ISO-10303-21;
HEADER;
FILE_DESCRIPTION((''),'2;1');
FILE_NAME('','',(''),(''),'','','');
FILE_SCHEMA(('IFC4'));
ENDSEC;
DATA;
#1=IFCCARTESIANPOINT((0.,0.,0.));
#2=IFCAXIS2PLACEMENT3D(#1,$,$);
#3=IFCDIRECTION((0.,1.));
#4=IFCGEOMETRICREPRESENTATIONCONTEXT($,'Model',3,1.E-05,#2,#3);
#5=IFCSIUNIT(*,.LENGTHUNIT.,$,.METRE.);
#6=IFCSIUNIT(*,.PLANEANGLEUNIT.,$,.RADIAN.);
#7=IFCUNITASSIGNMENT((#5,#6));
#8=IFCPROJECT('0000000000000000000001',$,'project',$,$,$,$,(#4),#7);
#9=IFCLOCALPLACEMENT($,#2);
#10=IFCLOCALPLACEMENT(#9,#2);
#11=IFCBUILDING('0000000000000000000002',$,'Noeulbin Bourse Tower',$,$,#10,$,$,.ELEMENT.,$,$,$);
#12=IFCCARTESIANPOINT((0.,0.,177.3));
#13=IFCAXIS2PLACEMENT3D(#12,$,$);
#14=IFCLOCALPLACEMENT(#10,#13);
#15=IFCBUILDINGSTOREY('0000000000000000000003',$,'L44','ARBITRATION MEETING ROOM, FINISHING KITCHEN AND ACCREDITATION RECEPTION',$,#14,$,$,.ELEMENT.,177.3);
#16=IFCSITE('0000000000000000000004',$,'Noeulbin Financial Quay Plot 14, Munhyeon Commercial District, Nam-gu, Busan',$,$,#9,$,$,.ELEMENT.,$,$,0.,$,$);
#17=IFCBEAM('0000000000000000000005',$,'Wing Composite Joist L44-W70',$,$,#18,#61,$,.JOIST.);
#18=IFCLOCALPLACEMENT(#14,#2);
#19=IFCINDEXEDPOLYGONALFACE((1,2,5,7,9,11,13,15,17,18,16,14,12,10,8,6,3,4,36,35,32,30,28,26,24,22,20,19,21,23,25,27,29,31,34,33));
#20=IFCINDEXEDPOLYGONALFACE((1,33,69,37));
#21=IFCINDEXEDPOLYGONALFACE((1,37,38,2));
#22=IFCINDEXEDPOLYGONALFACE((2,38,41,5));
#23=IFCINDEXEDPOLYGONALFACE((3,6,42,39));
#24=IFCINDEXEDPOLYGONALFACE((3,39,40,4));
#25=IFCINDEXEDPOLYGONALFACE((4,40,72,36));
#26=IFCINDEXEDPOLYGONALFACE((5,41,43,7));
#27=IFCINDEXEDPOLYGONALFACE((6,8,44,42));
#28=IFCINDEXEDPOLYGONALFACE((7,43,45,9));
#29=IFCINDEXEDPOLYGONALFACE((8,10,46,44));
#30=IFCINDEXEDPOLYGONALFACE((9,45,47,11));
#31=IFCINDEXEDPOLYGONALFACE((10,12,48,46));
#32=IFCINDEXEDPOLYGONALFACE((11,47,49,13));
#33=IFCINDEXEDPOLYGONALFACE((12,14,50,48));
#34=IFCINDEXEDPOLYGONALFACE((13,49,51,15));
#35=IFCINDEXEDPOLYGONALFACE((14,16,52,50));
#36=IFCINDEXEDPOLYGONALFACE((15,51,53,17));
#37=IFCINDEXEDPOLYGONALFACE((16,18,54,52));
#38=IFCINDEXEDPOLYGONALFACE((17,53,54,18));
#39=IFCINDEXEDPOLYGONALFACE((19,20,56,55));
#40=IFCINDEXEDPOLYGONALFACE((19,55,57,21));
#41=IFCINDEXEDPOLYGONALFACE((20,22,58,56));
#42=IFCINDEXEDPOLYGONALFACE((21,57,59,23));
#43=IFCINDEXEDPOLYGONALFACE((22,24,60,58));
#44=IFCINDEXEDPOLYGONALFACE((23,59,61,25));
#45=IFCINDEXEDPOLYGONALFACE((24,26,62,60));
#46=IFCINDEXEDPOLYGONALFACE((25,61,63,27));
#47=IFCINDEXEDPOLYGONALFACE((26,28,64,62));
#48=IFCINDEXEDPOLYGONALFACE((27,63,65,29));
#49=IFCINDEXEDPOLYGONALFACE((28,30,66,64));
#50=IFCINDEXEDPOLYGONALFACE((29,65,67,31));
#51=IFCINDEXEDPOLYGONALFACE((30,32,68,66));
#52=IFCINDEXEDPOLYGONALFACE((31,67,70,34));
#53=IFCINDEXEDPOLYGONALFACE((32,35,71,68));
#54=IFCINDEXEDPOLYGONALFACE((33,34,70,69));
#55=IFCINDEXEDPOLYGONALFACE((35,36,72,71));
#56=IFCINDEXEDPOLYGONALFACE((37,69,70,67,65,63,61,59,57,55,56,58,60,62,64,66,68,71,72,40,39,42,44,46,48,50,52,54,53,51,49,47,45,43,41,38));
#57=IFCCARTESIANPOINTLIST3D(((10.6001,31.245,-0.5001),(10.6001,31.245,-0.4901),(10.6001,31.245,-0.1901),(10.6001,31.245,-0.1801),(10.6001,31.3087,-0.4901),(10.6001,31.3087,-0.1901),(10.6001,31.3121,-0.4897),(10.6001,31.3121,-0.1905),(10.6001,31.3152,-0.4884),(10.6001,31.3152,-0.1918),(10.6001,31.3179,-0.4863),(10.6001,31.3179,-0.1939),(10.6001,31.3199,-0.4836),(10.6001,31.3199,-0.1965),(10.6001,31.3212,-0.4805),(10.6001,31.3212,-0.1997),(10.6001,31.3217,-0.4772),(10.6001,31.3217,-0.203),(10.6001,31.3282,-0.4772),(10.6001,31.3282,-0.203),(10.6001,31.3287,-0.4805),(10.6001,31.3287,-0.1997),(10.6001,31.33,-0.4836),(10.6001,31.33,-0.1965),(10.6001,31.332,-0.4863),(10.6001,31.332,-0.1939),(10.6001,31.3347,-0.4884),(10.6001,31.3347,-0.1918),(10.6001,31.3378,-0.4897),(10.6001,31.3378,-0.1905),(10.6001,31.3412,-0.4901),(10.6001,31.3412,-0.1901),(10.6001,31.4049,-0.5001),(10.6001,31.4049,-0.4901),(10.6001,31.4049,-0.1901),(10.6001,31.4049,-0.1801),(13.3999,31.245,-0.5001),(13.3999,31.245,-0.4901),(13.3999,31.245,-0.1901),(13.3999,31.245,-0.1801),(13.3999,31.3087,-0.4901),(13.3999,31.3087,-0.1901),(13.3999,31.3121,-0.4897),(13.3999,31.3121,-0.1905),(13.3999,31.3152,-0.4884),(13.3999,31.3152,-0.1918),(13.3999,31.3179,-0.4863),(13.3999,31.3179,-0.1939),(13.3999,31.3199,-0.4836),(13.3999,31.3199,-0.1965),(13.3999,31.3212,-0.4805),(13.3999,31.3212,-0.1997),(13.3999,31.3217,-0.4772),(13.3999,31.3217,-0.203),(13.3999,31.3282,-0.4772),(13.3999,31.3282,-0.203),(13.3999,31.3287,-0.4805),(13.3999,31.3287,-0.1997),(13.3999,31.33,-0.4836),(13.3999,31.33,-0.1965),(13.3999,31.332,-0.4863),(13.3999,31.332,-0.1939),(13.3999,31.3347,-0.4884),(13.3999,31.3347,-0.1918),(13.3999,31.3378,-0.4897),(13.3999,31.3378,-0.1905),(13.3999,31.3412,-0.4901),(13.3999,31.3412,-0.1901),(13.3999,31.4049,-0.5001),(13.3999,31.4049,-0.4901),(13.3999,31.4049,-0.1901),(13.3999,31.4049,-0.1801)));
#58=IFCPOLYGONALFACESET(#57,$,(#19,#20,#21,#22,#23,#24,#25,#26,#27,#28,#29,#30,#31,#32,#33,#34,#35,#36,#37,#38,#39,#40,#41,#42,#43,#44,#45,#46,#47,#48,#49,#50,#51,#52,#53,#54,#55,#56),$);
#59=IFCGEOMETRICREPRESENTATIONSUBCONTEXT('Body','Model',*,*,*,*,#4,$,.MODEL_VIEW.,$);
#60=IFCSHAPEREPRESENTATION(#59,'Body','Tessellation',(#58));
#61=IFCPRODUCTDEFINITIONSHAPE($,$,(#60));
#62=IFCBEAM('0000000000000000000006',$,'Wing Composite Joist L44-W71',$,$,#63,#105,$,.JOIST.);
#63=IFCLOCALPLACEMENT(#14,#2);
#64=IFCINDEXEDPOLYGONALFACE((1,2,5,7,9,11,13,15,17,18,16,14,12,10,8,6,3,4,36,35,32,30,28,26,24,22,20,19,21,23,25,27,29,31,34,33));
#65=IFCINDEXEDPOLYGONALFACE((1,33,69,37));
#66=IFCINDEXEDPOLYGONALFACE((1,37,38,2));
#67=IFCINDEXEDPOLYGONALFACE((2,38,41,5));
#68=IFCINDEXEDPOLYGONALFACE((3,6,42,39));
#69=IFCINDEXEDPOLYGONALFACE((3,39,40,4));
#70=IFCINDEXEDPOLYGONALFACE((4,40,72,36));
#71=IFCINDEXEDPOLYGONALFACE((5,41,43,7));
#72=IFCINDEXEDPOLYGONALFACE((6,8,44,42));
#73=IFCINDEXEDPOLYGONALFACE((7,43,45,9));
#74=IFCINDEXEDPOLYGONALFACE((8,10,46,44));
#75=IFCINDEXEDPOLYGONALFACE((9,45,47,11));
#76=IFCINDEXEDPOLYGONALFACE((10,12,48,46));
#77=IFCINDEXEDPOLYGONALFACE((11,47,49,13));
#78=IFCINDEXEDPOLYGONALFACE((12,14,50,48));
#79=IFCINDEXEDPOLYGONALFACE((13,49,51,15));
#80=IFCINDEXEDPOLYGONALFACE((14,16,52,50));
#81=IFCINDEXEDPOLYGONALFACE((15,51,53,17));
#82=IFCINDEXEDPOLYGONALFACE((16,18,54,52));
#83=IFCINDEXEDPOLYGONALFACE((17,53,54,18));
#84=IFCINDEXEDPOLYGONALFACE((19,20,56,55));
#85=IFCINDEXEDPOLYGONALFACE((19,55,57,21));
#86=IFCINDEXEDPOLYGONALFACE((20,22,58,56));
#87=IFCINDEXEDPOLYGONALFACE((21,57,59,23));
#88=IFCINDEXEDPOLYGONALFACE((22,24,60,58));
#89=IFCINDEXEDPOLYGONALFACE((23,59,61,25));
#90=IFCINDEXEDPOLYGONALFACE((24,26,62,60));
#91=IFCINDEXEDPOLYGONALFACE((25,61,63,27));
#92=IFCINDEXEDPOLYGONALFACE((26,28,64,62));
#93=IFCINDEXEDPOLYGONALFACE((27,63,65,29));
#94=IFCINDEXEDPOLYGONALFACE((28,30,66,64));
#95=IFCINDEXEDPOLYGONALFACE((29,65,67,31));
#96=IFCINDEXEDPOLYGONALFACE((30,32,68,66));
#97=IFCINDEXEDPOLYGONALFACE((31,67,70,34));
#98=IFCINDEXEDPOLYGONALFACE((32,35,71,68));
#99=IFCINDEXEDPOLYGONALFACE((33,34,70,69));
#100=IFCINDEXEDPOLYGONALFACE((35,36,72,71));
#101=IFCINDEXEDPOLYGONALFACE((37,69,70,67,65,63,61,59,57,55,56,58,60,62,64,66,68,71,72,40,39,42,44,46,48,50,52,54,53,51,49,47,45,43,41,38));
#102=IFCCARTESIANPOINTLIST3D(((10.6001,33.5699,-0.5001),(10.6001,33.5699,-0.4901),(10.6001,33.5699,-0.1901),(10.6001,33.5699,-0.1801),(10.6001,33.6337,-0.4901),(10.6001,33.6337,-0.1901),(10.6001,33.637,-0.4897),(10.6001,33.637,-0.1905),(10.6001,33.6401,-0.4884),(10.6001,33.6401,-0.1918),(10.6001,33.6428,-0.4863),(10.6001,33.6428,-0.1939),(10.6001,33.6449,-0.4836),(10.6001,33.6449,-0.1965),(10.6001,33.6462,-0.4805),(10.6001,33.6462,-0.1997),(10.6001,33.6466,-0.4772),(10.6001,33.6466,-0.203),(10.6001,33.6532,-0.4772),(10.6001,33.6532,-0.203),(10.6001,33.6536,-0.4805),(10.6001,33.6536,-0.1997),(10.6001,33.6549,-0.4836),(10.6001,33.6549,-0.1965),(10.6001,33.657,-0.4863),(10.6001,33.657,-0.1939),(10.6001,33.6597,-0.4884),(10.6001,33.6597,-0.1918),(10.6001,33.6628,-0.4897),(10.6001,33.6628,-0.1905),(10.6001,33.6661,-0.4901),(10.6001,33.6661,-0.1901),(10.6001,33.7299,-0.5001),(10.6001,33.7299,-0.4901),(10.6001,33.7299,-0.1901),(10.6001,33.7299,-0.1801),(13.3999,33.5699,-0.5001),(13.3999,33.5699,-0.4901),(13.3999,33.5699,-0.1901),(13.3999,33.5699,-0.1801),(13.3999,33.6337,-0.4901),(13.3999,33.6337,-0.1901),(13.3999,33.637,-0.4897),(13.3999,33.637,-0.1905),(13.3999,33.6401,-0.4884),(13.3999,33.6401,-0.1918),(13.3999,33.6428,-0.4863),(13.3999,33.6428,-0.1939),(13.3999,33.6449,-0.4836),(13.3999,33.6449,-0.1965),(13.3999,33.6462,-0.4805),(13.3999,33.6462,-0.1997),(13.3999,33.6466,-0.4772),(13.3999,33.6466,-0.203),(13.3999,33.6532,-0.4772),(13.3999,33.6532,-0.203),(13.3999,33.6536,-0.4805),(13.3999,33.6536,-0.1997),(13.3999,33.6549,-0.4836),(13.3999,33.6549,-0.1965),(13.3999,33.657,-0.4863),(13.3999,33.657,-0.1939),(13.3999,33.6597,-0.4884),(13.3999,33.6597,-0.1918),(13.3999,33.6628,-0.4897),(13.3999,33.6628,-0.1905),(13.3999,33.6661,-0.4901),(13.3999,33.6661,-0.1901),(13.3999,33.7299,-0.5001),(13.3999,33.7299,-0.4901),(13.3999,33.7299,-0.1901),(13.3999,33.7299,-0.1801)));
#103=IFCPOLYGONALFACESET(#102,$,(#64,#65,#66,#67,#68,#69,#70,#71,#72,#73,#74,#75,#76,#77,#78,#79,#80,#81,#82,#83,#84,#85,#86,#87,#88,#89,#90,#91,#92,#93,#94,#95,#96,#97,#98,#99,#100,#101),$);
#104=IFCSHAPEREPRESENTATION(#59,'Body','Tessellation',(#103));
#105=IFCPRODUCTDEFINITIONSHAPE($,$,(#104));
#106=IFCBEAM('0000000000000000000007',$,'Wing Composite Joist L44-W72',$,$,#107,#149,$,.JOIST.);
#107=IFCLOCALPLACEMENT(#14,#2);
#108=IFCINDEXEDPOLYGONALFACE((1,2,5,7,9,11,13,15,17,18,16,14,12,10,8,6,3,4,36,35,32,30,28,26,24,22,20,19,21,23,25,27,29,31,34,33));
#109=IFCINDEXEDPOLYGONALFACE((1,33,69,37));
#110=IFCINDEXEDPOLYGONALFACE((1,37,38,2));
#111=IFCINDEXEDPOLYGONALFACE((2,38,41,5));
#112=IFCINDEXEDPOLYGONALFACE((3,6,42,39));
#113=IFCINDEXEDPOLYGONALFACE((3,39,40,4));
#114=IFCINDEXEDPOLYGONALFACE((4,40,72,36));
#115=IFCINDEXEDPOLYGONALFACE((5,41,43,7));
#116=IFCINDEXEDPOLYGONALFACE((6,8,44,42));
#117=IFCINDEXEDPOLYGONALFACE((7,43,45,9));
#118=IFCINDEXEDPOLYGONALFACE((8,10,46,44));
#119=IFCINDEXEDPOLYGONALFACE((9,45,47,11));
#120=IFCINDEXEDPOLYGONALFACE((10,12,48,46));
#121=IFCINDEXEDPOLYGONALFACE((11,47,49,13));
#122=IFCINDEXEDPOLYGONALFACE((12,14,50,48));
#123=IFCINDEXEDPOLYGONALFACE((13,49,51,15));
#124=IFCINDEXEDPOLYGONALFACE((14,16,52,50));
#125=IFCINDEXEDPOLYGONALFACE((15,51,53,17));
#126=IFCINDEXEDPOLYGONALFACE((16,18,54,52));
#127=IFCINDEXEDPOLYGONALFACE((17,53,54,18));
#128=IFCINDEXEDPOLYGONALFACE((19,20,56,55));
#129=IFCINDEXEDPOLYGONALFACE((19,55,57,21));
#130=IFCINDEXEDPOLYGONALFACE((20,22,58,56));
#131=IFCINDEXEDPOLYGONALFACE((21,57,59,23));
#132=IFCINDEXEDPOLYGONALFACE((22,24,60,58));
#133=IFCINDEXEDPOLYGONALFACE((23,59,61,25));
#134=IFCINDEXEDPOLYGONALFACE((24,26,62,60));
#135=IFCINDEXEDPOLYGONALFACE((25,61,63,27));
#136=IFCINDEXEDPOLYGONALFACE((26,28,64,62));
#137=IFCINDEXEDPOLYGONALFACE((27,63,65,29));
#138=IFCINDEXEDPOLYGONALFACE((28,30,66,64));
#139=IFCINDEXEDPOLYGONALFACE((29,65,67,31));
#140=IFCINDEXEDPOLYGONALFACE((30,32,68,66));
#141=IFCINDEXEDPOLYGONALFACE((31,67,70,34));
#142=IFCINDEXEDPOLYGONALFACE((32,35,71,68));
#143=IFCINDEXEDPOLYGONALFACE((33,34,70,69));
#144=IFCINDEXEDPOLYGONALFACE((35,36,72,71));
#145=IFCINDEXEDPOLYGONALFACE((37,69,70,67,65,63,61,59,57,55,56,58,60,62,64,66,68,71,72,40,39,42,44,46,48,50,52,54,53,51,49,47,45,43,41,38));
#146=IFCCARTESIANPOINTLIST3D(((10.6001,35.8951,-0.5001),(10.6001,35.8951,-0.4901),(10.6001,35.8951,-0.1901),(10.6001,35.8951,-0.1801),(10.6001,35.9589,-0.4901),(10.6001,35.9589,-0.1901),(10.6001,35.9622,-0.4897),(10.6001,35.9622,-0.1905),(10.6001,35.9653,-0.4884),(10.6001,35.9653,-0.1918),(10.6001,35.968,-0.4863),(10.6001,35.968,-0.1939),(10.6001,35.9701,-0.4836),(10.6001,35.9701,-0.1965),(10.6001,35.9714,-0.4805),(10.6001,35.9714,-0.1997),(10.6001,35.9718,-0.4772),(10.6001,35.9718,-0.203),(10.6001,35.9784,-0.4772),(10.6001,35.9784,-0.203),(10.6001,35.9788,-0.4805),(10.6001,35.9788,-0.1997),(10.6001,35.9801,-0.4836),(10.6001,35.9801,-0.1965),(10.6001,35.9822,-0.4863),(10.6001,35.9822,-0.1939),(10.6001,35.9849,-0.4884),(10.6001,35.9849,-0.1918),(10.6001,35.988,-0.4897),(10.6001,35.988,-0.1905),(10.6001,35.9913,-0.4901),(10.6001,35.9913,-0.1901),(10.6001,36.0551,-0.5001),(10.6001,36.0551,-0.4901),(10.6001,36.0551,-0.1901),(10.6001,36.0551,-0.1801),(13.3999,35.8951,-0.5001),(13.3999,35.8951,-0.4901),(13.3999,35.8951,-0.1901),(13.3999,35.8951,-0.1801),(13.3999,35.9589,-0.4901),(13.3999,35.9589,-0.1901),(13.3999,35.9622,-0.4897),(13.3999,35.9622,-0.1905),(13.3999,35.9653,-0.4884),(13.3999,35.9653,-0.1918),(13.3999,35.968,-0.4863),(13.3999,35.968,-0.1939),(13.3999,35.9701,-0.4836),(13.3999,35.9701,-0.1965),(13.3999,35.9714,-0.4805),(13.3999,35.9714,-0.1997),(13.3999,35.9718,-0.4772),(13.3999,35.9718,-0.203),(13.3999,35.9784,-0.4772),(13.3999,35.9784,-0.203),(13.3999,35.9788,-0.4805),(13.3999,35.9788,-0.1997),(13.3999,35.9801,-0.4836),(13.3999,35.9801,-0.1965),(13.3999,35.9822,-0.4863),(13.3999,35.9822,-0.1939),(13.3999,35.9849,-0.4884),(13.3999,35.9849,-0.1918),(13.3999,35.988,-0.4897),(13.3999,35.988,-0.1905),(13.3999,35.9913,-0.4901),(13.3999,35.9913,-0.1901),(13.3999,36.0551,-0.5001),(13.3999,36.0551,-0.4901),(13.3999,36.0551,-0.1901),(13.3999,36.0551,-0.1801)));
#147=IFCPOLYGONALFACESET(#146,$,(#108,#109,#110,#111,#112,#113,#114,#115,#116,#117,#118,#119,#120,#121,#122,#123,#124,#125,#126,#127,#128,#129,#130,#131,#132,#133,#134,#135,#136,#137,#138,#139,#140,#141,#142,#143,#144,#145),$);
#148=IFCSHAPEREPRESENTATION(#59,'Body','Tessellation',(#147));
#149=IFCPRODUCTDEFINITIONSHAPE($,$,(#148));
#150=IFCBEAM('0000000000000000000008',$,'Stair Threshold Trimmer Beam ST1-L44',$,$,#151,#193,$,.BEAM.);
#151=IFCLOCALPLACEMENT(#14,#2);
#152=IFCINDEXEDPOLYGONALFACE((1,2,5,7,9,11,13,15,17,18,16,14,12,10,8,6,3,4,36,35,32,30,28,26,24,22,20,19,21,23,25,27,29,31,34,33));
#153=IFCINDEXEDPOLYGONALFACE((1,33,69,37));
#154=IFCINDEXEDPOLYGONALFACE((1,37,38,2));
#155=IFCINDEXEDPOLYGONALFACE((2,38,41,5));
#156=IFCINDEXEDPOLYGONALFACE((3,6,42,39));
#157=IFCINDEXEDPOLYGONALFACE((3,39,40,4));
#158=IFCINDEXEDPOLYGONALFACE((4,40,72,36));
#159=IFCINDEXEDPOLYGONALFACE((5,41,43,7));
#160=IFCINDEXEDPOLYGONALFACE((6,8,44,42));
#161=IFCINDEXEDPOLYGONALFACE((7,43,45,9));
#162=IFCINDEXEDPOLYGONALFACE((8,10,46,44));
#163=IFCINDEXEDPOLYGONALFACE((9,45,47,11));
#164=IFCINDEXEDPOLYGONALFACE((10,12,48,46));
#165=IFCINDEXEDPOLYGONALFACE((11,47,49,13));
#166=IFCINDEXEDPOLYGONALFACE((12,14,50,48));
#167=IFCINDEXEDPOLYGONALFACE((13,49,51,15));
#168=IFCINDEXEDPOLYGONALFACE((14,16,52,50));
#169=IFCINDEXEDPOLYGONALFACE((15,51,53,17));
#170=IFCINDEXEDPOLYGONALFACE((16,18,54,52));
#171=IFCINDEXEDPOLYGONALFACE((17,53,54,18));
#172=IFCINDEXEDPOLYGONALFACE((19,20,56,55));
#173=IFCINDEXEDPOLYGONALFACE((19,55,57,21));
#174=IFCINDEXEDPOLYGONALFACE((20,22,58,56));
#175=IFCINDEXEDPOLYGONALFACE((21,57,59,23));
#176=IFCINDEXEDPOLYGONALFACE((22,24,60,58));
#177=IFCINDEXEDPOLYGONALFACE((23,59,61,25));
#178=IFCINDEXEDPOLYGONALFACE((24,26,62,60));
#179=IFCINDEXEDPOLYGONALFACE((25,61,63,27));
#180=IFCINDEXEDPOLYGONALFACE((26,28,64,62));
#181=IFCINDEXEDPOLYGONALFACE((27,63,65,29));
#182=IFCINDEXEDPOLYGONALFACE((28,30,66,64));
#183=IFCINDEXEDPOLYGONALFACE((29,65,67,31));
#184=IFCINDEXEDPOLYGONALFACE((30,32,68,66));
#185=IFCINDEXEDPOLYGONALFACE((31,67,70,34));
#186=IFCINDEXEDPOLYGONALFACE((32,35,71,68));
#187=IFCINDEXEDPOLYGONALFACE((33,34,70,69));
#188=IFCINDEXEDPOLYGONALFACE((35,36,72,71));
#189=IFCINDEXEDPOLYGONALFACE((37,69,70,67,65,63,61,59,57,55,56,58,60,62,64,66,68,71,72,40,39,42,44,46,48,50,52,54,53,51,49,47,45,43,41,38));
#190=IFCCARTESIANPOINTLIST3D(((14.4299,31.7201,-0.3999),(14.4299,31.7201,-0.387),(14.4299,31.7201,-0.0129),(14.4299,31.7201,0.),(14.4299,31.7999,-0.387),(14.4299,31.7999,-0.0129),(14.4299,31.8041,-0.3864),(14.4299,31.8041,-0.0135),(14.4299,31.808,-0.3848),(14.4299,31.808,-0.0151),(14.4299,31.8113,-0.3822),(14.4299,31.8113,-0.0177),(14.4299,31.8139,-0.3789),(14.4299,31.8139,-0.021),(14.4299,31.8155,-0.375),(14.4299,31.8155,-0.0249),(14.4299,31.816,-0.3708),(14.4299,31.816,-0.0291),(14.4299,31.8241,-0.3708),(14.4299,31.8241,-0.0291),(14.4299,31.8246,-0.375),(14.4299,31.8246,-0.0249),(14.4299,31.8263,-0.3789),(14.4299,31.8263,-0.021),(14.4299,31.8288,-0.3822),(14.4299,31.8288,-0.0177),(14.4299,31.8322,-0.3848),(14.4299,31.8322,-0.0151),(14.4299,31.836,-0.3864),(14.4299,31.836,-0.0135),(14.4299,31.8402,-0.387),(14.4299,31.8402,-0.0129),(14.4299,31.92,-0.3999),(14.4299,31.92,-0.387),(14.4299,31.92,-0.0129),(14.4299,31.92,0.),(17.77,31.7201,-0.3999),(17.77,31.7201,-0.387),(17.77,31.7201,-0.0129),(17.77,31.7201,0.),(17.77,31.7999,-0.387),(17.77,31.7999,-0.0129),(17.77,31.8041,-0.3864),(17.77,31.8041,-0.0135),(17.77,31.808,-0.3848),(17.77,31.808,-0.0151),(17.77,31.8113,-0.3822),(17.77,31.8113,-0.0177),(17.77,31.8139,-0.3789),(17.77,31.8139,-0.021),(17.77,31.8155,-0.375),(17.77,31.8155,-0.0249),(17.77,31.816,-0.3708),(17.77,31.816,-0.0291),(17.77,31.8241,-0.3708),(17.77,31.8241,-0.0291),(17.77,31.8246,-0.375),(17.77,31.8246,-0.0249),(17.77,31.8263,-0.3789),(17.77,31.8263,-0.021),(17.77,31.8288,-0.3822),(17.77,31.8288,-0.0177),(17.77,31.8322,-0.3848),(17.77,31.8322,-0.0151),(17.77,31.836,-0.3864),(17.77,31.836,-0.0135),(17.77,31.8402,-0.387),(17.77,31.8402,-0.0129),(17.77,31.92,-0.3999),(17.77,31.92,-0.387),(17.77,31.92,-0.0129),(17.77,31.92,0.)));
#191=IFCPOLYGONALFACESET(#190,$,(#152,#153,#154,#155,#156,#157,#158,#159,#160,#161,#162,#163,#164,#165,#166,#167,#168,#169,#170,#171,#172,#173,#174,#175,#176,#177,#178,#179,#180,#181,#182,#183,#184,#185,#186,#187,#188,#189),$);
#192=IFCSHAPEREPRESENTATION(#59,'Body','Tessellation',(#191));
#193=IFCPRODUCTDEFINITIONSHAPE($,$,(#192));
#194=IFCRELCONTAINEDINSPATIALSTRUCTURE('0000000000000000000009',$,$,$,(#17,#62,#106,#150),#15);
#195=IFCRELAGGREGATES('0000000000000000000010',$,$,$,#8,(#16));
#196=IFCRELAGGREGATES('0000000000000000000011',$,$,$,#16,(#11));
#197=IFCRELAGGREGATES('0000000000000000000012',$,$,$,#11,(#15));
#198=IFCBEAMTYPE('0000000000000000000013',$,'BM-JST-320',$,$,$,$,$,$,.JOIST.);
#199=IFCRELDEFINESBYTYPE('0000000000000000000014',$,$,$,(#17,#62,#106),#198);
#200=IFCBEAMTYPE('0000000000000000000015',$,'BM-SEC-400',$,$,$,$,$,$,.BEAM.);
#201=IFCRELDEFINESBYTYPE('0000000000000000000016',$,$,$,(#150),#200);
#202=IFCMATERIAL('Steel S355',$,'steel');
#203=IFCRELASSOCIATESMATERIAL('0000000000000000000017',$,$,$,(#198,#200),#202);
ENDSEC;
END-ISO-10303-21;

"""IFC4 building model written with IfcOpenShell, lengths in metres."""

from ifc_helpers import new_model, si_unit, direction, frame, origin, origin_2d, place, context, subcontext, project, spatial, i_section, extrude, material, material_profile, profile_set, type_object, element, save


model = new_model("IFC4")

# Units and contexts
model_context = context("Model", 3, precision=1e-05, world=origin(), true_north=direction((0.0, 1.0)))
body_context = subcontext(model_context, "Body", "Model", "MODEL_VIEW")
ifc_project = project(units=[si_unit("LENGTHUNIT", "METRE"), si_unit("PLANEANGLEUNIT", "RADIAN")], contexts=[model_context])

# Site, building, storey
site_placement = place(None, origin())
site = spatial("IfcSite", under=ifc_project, at=site_placement, Name="Noeulbin Financial Quay Plot 14, Munhyeon Commercial District, Nam-gu, Busan", CompositionType="ELEMENT", RefElevation=0.0)
building_placement = place(site_placement, origin())
building = spatial("IfcBuilding", under=site, at=building_placement, Name="Noeulbin Bourse Tower", CompositionType="ELEMENT")
storey_placement = place(building_placement, frame((0.0, 0.0, 177.3)))
storey = spatial("IfcBuildingStorey", under=building, at=storey_placement, Name="L44", Description="ARBITRATION MEETING ROOM, FINISHING KITCHEN AND ACCREDITATION RECEPTION", CompositionType="ELEMENT", Elevation=177.3)

# Beams
ifc_material_1 = material(Name="Steel S355", Category="steel")
ifc_material_profile_1 = material_profile(ifc_material_1, i_section(OverallWidth=0.1599, OverallDepth=0.3201, WebThickness=0.0066, FlangeThickness=0.01, FilletRadius=0.0129, at=origin_2d()), Name="H-320x160x6.5x10", Category="LoadBearing")
ifc_profile_set_1 = profile_set([ifc_material_profile_1], Name="Steel S355")
beam_type_1 = type_object("IfcBeamType", Name="BM-JST-320", PredefinedType="JOIST", material=ifc_profile_set_1)
for number, where, z_axis, x_axis, name in (
    (1, (10.6001, 31.325, -0.3401), (1.0, 0.0, 0.0), (0.0, 1.0, 0.0), "Wing Composite Joist L44-W70"),
    (2, (10.6001, 33.6499, -0.3401), (1.0, 0.0, 0.0), (0.0, 1.0, 0.0), "Wing Composite Joist L44-W71"),
    (3, (10.6001, 35.9751, -0.3401), (1.0, 0.0, 0.0), (0.0, 1.0, 0.0), "Wing Composite Joist L44-W72"),
):
    element("IfcBeam", number, at=place(storey_placement, frame(where, z_axis=z_axis, x_axis=x_axis)), inside=storey, type_object=beam_type_1, Name=name, PredefinedType="JOIST", context=body_context, shape_type="SweptSolid", body=[
        extrude(i_section(OverallWidth=0.1599, OverallDepth=0.3201, WebThickness=0.0066, FlangeThickness=0.01, FilletRadius=0.0129, at=origin_2d()), origin(), (0.0, 0.0, 1.0), 2.7998),
    ])
ifc_material_profile_2 = material_profile(ifc_material_1, i_section(OverallWidth=0.2, OverallDepth=0.3999, WebThickness=0.0081, FlangeThickness=0.0129, FilletRadius=0.0161, at=origin_2d()), Name="H-400x200x8x13", Category="LoadBearing")
ifc_profile_set_2 = profile_set([ifc_material_profile_2], Name="Steel S355")
beam_type_2 = type_object("IfcBeamType", Name="BM-SEC-400", PredefinedType="BEAM", material=ifc_profile_set_2)
beam_1_placement = place(storey_placement, frame((14.4299, 31.8201, -0.2), z_axis=(1.0, 0.0, 0.0), x_axis=(0.0, 1.0, 0.0)))
element("IfcBeam", 4, at=beam_1_placement, inside=storey, type_object=beam_type_2, Name="Stair Threshold Trimmer Beam ST1-L44", PredefinedType="BEAM", context=body_context, shape_type="SweptSolid", body=[
    extrude(i_section(OverallWidth=0.2, OverallDepth=0.3999, WebThickness=0.0081, FlangeThickness=0.0129, FilletRadius=0.0161, at=origin_2d()), origin(), (0.0, 0.0, 1.0), 3.3401),
])

save(model, "model.ifc")
